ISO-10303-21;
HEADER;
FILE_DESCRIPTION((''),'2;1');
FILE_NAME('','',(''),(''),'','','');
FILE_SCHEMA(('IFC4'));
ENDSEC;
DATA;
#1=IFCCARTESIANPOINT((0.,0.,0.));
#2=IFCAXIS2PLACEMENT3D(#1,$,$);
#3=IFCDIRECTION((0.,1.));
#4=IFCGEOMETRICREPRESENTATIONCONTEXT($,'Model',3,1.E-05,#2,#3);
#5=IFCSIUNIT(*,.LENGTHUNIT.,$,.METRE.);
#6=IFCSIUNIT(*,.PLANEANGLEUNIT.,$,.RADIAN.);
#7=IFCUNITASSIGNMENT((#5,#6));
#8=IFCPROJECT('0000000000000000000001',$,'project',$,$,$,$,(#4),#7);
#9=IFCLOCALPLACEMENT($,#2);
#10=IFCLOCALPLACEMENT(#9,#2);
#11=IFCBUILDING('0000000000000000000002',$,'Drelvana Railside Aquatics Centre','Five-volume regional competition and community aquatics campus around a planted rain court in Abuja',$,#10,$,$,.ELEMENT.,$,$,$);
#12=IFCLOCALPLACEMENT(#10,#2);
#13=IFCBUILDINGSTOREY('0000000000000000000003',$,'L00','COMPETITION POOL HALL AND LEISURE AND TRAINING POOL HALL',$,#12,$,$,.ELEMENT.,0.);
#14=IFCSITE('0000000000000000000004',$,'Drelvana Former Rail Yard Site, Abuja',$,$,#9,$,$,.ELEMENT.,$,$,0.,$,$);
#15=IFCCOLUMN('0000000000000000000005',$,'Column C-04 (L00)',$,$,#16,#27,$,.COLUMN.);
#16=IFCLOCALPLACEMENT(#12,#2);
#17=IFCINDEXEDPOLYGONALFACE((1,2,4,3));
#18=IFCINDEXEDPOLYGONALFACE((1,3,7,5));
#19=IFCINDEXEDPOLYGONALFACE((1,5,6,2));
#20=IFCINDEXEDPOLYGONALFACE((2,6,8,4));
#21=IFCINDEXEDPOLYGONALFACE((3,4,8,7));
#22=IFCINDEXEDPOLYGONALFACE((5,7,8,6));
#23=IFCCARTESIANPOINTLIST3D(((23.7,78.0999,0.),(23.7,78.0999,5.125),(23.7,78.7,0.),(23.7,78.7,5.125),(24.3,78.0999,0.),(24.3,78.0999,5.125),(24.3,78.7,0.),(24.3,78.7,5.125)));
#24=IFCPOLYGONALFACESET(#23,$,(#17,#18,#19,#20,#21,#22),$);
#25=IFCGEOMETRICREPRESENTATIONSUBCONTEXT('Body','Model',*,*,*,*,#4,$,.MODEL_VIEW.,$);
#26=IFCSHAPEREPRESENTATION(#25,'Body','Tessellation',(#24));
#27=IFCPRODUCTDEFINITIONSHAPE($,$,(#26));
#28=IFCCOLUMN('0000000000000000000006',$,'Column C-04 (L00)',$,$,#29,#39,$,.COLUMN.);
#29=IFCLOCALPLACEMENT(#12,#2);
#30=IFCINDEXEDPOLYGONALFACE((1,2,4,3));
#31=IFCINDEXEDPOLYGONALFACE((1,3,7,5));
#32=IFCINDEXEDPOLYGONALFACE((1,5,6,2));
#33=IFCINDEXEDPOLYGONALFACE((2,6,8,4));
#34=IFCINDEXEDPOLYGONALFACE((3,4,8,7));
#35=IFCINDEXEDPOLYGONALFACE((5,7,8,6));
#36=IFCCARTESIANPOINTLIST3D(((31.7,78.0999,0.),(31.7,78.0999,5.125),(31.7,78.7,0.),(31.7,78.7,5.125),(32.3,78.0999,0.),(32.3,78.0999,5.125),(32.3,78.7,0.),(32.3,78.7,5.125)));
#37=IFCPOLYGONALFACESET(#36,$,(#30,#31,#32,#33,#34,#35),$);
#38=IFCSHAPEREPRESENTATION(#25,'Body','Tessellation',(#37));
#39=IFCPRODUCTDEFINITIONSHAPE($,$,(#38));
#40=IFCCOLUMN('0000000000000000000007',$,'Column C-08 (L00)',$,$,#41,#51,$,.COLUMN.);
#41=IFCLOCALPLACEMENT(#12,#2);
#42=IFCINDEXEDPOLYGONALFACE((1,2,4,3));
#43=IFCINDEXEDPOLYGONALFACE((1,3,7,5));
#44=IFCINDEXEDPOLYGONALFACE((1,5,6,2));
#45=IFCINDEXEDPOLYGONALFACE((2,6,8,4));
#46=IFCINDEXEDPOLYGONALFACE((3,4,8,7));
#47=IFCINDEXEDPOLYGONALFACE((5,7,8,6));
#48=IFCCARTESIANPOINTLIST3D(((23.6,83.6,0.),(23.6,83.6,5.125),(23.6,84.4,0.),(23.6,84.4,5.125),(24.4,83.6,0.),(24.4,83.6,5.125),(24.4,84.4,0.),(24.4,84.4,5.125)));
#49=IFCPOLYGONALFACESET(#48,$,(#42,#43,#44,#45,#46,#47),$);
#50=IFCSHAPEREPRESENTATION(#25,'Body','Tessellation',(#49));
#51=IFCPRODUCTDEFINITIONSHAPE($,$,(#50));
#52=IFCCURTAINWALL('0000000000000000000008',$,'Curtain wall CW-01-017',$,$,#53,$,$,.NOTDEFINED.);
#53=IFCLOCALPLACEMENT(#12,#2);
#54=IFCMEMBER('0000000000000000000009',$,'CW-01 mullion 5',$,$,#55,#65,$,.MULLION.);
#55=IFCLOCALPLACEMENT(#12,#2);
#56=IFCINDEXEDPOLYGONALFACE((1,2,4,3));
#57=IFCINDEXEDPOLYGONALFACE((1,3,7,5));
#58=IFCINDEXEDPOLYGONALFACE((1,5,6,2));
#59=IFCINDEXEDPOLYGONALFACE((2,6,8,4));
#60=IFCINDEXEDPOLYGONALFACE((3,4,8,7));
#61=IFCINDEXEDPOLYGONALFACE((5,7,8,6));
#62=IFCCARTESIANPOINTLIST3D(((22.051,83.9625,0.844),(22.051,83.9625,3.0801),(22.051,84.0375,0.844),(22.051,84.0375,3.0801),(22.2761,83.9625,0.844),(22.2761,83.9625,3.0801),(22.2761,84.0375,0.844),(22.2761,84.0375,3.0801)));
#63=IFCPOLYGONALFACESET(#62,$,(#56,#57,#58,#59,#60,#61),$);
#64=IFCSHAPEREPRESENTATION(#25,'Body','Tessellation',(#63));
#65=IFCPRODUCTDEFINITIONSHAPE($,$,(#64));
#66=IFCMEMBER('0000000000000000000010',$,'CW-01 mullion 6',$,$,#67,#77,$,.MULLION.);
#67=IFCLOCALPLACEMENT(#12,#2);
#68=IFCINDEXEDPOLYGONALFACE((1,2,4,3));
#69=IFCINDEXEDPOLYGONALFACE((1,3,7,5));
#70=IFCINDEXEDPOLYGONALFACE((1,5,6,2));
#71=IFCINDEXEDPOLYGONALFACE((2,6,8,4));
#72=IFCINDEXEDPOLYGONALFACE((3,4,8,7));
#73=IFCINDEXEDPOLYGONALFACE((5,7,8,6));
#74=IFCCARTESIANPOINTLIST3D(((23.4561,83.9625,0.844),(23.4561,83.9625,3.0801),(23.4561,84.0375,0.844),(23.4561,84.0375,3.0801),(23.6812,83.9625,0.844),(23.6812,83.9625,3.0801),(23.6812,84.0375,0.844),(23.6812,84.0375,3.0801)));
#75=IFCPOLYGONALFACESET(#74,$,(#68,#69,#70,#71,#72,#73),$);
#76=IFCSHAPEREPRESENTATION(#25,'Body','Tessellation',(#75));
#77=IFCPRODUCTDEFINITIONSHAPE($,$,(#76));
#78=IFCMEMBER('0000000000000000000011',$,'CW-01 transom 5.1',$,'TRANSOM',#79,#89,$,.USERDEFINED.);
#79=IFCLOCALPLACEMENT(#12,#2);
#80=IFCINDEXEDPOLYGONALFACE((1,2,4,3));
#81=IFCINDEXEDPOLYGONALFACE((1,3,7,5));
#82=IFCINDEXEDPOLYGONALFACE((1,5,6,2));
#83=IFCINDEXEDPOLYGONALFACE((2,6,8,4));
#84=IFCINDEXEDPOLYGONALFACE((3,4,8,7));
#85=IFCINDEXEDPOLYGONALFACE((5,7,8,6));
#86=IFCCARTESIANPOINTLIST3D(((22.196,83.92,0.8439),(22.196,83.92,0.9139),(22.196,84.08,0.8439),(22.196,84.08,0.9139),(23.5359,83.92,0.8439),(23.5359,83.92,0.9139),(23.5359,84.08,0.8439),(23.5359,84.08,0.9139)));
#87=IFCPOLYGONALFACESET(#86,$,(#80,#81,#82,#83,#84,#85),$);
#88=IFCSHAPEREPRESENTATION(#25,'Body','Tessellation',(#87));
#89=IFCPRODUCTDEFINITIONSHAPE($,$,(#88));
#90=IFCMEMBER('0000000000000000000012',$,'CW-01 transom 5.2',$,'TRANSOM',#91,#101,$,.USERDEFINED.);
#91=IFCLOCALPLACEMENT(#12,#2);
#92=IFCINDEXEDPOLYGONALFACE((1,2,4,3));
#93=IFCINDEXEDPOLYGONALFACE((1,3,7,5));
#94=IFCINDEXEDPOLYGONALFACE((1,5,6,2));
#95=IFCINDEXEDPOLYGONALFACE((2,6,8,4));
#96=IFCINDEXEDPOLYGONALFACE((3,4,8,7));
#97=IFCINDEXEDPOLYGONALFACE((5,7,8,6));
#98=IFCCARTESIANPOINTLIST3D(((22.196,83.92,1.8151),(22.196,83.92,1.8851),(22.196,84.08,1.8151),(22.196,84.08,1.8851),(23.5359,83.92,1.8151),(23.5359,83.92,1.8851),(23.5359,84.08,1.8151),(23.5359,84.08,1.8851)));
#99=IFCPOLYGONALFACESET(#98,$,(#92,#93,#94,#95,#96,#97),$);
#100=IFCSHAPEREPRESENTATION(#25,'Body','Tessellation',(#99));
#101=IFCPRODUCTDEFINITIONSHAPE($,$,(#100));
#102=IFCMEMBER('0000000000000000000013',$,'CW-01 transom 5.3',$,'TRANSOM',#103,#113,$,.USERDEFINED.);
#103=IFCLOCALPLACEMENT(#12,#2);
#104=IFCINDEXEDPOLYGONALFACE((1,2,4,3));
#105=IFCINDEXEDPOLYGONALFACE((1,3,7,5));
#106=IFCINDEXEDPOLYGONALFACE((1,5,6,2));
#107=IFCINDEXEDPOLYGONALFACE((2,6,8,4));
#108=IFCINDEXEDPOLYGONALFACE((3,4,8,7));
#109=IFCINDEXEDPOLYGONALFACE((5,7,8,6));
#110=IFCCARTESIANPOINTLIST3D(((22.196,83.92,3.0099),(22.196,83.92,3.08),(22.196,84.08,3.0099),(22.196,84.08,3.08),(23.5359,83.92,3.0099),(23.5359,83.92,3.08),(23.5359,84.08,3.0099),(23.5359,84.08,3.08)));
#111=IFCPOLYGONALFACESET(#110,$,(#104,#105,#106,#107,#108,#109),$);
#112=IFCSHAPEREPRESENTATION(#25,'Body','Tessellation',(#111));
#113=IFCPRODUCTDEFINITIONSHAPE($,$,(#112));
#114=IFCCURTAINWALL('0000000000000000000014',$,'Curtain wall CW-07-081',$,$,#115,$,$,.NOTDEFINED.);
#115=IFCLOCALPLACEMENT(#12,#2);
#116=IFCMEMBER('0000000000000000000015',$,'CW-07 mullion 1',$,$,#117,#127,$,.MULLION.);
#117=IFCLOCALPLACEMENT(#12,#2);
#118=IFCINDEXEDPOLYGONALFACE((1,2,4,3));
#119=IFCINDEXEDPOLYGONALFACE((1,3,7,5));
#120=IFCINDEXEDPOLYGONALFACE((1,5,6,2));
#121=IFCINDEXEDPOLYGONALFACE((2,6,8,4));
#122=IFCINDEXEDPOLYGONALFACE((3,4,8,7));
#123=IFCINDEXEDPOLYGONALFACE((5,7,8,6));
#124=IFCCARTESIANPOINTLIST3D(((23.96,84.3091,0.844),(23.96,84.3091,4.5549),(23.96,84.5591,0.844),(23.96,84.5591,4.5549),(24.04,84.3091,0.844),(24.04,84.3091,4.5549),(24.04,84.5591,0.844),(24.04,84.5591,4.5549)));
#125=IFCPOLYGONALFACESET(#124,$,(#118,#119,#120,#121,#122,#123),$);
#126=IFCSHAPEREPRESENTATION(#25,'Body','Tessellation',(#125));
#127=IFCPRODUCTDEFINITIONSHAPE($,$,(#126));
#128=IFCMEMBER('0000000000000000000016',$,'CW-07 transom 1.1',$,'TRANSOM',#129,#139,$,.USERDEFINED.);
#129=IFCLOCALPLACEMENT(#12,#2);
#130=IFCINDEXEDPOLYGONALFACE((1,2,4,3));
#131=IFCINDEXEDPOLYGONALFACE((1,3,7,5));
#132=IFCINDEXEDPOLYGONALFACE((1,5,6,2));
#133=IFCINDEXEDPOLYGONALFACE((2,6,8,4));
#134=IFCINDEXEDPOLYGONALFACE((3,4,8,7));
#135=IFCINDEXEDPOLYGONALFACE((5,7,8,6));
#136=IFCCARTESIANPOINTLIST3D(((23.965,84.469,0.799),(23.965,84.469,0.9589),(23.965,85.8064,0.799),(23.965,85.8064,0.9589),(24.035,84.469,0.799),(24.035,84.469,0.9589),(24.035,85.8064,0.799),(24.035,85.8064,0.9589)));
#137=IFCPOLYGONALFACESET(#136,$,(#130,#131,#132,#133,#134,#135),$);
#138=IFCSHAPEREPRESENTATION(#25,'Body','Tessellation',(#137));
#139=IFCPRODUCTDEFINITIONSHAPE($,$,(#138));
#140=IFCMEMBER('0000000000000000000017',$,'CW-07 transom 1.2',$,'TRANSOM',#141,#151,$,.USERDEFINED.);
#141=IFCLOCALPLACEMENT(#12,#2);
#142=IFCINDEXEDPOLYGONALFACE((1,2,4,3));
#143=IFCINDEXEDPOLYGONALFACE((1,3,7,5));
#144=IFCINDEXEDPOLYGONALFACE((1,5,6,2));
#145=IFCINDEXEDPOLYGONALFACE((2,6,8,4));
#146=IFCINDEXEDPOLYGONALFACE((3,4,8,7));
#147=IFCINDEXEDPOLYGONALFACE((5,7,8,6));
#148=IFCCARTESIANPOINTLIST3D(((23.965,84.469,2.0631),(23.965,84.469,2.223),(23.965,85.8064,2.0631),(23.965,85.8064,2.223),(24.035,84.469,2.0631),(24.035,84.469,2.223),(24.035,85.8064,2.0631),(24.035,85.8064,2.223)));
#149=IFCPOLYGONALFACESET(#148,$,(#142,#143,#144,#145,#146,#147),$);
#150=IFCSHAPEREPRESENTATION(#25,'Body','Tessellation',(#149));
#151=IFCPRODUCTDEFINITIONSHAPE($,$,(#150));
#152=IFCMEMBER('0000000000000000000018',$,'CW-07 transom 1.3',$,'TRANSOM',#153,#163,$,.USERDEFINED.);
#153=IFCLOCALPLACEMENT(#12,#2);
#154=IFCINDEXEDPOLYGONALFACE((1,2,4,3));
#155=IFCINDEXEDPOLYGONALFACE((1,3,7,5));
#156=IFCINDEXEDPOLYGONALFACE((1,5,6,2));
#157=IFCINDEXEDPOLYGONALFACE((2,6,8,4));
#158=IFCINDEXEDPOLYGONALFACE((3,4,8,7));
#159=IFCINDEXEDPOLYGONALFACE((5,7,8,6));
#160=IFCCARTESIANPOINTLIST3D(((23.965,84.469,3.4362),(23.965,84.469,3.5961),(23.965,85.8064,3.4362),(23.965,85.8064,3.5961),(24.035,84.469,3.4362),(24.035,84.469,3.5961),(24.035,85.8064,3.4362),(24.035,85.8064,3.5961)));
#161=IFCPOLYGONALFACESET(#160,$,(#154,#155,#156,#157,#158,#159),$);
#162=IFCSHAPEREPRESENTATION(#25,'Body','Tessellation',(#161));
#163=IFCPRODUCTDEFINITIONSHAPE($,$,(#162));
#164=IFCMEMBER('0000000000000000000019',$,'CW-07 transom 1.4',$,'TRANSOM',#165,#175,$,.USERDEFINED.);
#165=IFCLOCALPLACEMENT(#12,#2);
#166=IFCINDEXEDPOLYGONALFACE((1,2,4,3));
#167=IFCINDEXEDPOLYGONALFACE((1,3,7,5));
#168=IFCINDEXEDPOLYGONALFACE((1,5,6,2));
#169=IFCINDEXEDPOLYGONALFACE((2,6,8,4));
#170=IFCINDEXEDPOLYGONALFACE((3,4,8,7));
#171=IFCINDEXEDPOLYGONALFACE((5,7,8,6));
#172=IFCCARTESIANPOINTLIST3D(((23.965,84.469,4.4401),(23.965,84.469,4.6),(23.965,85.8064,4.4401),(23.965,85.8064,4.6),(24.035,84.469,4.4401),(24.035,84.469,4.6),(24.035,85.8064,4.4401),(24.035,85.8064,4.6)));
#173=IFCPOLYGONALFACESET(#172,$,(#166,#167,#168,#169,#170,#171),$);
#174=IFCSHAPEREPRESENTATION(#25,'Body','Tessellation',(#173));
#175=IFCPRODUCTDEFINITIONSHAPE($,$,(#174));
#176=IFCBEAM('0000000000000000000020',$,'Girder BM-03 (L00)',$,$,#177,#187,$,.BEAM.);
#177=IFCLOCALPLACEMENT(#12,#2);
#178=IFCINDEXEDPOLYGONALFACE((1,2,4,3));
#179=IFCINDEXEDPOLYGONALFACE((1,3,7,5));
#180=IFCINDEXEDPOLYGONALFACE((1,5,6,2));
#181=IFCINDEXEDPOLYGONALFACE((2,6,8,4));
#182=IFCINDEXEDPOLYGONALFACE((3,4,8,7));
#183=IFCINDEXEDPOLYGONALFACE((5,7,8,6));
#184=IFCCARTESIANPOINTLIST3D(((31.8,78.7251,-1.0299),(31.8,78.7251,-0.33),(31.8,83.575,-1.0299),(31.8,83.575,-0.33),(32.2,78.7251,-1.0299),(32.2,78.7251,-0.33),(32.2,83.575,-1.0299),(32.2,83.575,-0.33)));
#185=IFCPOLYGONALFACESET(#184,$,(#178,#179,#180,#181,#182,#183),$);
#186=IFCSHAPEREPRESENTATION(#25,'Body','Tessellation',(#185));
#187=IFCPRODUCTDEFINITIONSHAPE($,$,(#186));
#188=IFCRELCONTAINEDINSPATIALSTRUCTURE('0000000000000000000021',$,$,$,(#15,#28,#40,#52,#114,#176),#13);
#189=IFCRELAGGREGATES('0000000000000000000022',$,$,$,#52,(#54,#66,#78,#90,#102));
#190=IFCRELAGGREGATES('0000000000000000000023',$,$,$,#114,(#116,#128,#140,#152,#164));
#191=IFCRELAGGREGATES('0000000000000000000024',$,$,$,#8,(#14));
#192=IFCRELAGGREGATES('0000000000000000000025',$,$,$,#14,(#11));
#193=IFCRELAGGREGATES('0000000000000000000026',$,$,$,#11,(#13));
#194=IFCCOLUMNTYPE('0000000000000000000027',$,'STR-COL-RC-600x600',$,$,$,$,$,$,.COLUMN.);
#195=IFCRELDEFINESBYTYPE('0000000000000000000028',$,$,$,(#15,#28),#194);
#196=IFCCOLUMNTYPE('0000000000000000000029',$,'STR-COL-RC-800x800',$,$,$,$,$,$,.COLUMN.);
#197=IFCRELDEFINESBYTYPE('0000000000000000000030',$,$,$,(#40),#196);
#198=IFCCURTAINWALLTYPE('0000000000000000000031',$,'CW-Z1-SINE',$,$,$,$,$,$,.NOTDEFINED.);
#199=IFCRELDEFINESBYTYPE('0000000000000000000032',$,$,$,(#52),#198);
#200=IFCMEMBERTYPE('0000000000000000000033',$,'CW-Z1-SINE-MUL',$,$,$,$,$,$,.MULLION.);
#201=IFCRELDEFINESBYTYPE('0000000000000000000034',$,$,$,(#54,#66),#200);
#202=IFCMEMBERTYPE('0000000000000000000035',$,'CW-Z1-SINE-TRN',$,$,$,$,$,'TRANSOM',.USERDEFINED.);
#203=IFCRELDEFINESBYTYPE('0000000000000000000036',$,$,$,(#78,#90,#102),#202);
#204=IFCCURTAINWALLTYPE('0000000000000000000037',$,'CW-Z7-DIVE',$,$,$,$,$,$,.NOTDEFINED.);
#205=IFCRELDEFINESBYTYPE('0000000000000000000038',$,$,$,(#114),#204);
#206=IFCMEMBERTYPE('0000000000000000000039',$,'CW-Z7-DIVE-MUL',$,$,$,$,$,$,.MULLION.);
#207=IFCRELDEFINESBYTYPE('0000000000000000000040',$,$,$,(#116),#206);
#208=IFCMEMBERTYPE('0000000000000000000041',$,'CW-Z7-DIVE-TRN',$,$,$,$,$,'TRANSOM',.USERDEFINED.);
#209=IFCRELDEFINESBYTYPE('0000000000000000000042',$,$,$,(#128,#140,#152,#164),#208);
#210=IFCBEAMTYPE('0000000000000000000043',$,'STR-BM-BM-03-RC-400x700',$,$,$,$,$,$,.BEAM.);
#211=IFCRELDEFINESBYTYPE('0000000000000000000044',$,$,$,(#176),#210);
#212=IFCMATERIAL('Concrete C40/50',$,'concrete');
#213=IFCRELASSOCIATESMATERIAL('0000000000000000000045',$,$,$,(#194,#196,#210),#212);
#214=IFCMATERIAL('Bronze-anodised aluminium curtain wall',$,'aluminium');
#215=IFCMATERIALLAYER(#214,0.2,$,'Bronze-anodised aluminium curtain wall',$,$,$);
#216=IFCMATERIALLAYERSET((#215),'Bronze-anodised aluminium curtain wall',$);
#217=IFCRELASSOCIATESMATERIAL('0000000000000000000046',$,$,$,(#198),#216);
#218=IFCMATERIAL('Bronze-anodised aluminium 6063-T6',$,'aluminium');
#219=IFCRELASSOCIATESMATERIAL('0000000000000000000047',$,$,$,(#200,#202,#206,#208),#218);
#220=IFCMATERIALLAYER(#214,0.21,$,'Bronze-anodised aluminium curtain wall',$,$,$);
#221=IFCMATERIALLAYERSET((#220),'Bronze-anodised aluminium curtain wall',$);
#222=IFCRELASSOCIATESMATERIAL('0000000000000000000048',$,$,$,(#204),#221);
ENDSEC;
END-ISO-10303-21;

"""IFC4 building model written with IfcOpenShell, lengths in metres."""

from ifc_helpers import new_model, si_unit, direction, frame, origin, origin_2d, place, context, subcontext, project, spatial, rectangle, extrude, material, layer, layer_set, material_profile, profile_set, type_object, element, aggregate, save


model = new_model("IFC4")

# Units and contexts
model_context = context("Model", 3, precision=1e-05, world=origin(), true_north=direction((0.0, 1.0)))
body_context = subcontext(model_context, "Body", "Model", "MODEL_VIEW")
ifc_project = project(units=[si_unit("LENGTHUNIT", "METRE"), si_unit("PLANEANGLEUNIT", "RADIAN")], contexts=[model_context])

# Site, building, storey
site_placement = place(None, origin())
site = spatial("IfcSite", under=ifc_project, at=site_placement, Name="Drelvana Former Rail Yard Site, Abuja", CompositionType="ELEMENT", RefElevation=0.0)
building_placement = place(site_placement, origin())
building = spatial("IfcBuilding", under=site, at=building_placement, Name="Drelvana Railside Aquatics Centre", Description="Five-volume regional competition and community aquatics campus around a planted rain court in Abuja", CompositionType="ELEMENT")
storey_placement = place(building_placement, origin())
storey = spatial("IfcBuildingStorey", under=building, at=storey_placement, Name="L00", Description="COMPETITION POOL HALL AND LEISURE AND TRAINING POOL HALL", CompositionType="ELEMENT", Elevation=0.0)

# Columns
ifc_material_1 = material(Name="Concrete C40/50", Category="concrete")
ifc_material_profile_1 = material_profile(ifc_material_1, rectangle(XDim=0.6001, YDim=0.6001, at=origin_2d()), Name="RC 600x600")
ifc_profile_set_1 = profile_set([ifc_material_profile_1], Name="Concrete C40/50")
column_type_1 = type_object("IfcColumnType", Name="STR-COL-RC-600x600", PredefinedType="COLUMN", material=ifc_profile_set_1)
for number, where, z_axis, x_axis, name in (
    (1, (24.0, 78.3999, 0.0), (0.0, 0.0, 1.0), (1.0, 0.0, 0.0), "Column C-04 (L00)"),
    (2, (32.0, 78.3999, 0.0), (0.0, 0.0, 1.0), (1.0, 0.0, 0.0), "Column C-04 (L00)"),
):
    element("IfcColumn", number, at=place(storey_placement, frame(where, z_axis=z_axis, x_axis=x_axis)), inside=storey, type_object=column_type_1, Name=name, PredefinedType="COLUMN", context=body_context, shape_type="SweptSolid", body=[
        extrude(rectangle(XDim=0.6001, YDim=0.6001, at=origin_2d()), origin(), (0.0, 0.0, 1.0), 5.125),
    ])
ifc_material_profile_2 = material_profile(ifc_material_1, rectangle(XDim=0.8, YDim=0.8, at=origin_2d()), Name="RC 800x800")
ifc_profile_set_2 = profile_set([ifc_material_profile_2], Name="Concrete C40/50")
column_type_2 = type_object("IfcColumnType", Name="STR-COL-RC-800x800", PredefinedType="COLUMN", material=ifc_profile_set_2)
column_placement = place(storey_placement, frame((24.0, 84.0, 0.0), z_axis=(0.0, 0.0, 1.0), x_axis=(1.0, 0.0, 0.0)))
element("IfcColumn", 3, at=column_placement, inside=storey, type_object=column_type_2, Name="Column C-08 (L00)", PredefinedType="COLUMN", context=body_context, shape_type="SweptSolid", body=[
    extrude(rectangle(XDim=0.8, YDim=0.8, at=origin_2d()), origin(), (0.0, 0.0, 1.0), 5.125),
])

# Curtain walls, members
ifc_material_2 = material(Name="Bronze-anodised aluminium curtain wall", Category="aluminium")
ifc_layer_1 = layer(ifc_material_2, 0.2, Name="Bronze-anodised aluminium curtain wall")
ifc_layer_set_1 = layer_set([ifc_layer_1], Name="Bronze-anodised aluminium curtain wall")
curtain_wall_type_1 = type_object("IfcCurtainWallType", Name="CW-Z1-SINE", PredefinedType="NOTDEFINED", material=ifc_layer_set_1)
curtain_wall_1_placement = place(storey_placement, origin())
curtain_wall_1 = element("IfcCurtainWall", 4, at=curtain_wall_1_placement, inside=storey, type_object=curtain_wall_type_1, Name="Curtain wall CW-01-017", PredefinedType="NOTDEFINED")
ifc_material_3 = material(Name="Bronze-anodised aluminium 6063-T6", Category="aluminium")
ifc_material_profile_3 = material_profile(ifc_material_3, rectangle(XDim=0.075, YDim=0.2251, at=origin_2d()), Name="ALU-M 75x225")
ifc_profile_set_3 = profile_set([ifc_material_profile_3], Name="Bronze-anodised aluminium 6063-T6")
member_type_1 = type_object("IfcMemberType", Name="CW-Z1-SINE-MUL", PredefinedType="MULLION", material=ifc_profile_set_3)
member_1_placement = place(storey_placement, frame((22.1636, 84.0, 0.844), z_axis=(0.0, 0.0, 1.0), x_axis=(0.0, 1.0, 0.0)))
member_1 = element("IfcMember", 5, at=member_1_placement, type_object=member_type_1, Name="CW-01 mullion 5", PredefinedType="MULLION", context=body_context, shape_type="SweptSolid", body=[
    extrude(rectangle(XDim=0.075, YDim=0.2251, at=origin_2d()), origin(), (0.0, 0.0, 1.0), 2.2361),
])
member_2_placement = place(storey_placement, frame((23.5686, 84.0, 0.844), z_axis=(0.0, 0.0, 1.0), x_axis=(0.0, 1.0, 0.0)))
member_2 = element("IfcMember", 6, at=member_2_placement, type_object=member_type_1, Name="CW-01 mullion 6", PredefinedType="MULLION", context=body_context, shape_type="SweptSolid", body=[
    extrude(rectangle(XDim=0.075, YDim=0.2251, at=origin_2d()), origin(), (0.0, 0.0, 1.0), 2.2361),
])
ifc_material_profile_4 = material_profile(ifc_material_3, rectangle(XDim=0.1599, YDim=0.0701, at=origin_2d()), Name="ALU-T 70x160")
ifc_profile_set_4 = profile_set([ifc_material_profile_4], Name="Bronze-anodised aluminium 6063-T6")
member_type_2 = type_object("IfcMemberType", Name="CW-Z1-SINE-TRN", ElementType="TRANSOM", PredefinedType="USERDEFINED", material=ifc_profile_set_4)
member_3_placement = place(storey_placement, frame((22.196, 84.0, 0.8789), z_axis=(1.0, 0.0, 0.0), x_axis=(0.0, 1.0, 0.0)))
member_3 = element("IfcMember", 7, at=member_3_placement, type_object=member_type_2, Name="CW-01 transom 5.1", ObjectType="TRANSOM", PredefinedType="USERDEFINED", context=body_context, shape_type="SweptSolid", body=[
    extrude(rectangle(XDim=0.1599, YDim=0.0701, at=origin_2d()), origin(), (0.0, 0.0, 1.0), 1.3398),
])
member_4_placement = place(storey_placement, frame((22.196, 84.0, 1.8501), z_axis=(1.0, 0.0, 0.0), x_axis=(0.0, 1.0, 0.0)))
member_4 = element("IfcMember", 8, at=member_4_placement, type_object=member_type_2, Name="CW-01 transom 5.2", ObjectType="TRANSOM", PredefinedType="USERDEFINED", context=body_context, shape_type="SweptSolid", body=[
    extrude(rectangle(XDim=0.1599, YDim=0.0701, at=origin_2d()), origin(), (0.0, 0.0, 1.0), 1.3398),
])
member_5_placement = place(storey_placement, frame((22.196, 84.0, 3.0449), z_axis=(1.0, 0.0, 0.0), x_axis=(0.0, 1.0, 0.0)))
member_5 = element("IfcMember", 9, at=member_5_placement, type_object=member_type_2, Name="CW-01 transom 5.3", ObjectType="TRANSOM", PredefinedType="USERDEFINED", context=body_context, shape_type="SweptSolid", body=[
    extrude(rectangle(XDim=0.1599, YDim=0.0701, at=origin_2d()), origin(), (0.0, 0.0, 1.0), 1.3398),
])
ifc_layer_2 = layer(ifc_material_2, 0.21, Name="Bronze-anodised aluminium curtain wall")
ifc_layer_set_2 = layer_set([ifc_layer_2], Name="Bronze-anodised aluminium curtain wall")
curtain_wall_type_2 = type_object("IfcCurtainWallType", Name="CW-Z7-DIVE", PredefinedType="NOTDEFINED", material=ifc_layer_set_2)
curtain_wall_2_placement = place(storey_placement, origin())
curtain_wall_2 = element("IfcCurtainWall", 10, at=curtain_wall_2_placement, inside=storey, type_object=curtain_wall_type_2, Name="Curtain wall CW-07-081", PredefinedType="NOTDEFINED")
ifc_material_profile_5 = material_profile(ifc_material_3, rectangle(XDim=0.0801, YDim=0.25, at=origin_2d()), Name="ALU-M 80x250")
ifc_profile_set_5 = profile_set([ifc_material_profile_5], Name="Bronze-anodised aluminium 6063-T6")
member_type_3 = type_object("IfcMemberType", Name="CW-Z7-DIVE-MUL", PredefinedType="MULLION", material=ifc_profile_set_5)
member_6_placement = place(storey_placement, frame((24.0, 84.4341, 0.844), z_axis=(0.0, 0.0, 1.0), x_axis=(-1.0, 0.0, 0.0)))
member_6 = element("IfcMember", 11, at=member_6_placement, type_object=member_type_3, Name="CW-07 mullion 1", PredefinedType="MULLION", context=body_context, shape_type="SweptSolid", body=[
    extrude(rectangle(XDim=0.0801, YDim=0.25, at=origin_2d()), origin(), (0.0, 0.0, 1.0), 3.7109),
])
ifc_material_profile_6 = material_profile(ifc_material_3, rectangle(XDim=0.1599, YDim=0.0701, at=origin_2d()), Name="ALU-T 70x160")
ifc_profile_set_6 = profile_set([ifc_material_profile_6], Name="Bronze-anodised aluminium 6063-T6")
member_type_4 = type_object("IfcMemberType", Name="CW-Z7-DIVE-TRN", ElementType="TRANSOM", PredefinedType="USERDEFINED", material=ifc_profile_set_6)
member_7_placement = place(storey_placement, frame((24.0, 84.469, 0.8789), z_axis=(0.0, 1.0, 0.0), x_axis=(0.0, 0.0, 1.0)))
member_7 = element("IfcMember", 12, at=member_7_placement, type_object=member_type_4, Name="CW-07 transom 1.1", ObjectType="TRANSOM", PredefinedType="USERDEFINED", context=body_context, shape_type="SweptSolid", body=[
    extrude(rectangle(XDim=0.1599, YDim=0.0701, at=origin_2d()), origin(), (0.0, 0.0, 1.0), 1.3374),
])
member_8_placement = place(storey_placement, frame((24.0, 84.469, 2.1431), z_axis=(0.0, 1.0, 0.0), x_axis=(0.0, 0.0, 1.0)))
member_8 = element("IfcMember", 13, at=member_8_placement, type_object=member_type_4, Name="CW-07 transom 1.2", ObjectType="TRANSOM", PredefinedType="USERDEFINED", context=body_context, shape_type="SweptSolid", body=[
    extrude(rectangle(XDim=0.1599, YDim=0.0701, at=origin_2d()), origin(), (0.0, 0.0, 1.0), 1.3374),
])
member_9_placement = place(storey_placement, frame((24.0, 84.469, 3.5161), z_axis=(0.0, 1.0, 0.0), x_axis=(0.0, 0.0, 1.0)))
member_9 = element("IfcMember", 14, at=member_9_placement, type_object=member_type_4, Name="CW-07 transom 1.3", ObjectType="TRANSOM", PredefinedType="USERDEFINED", context=body_context, shape_type="SweptSolid", body=[
    extrude(rectangle(XDim=0.1599, YDim=0.0701, at=origin_2d()), origin(), (0.0, 0.0, 1.0), 1.3374),
])
member_10_placement = place(storey_placement, frame((24.0, 84.469, 4.52), z_axis=(0.0, 1.0, 0.0), x_axis=(0.0, 0.0, 1.0)))
member_10 = element("IfcMember", 15, at=member_10_placement, type_object=member_type_4, Name="CW-07 transom 1.4", ObjectType="TRANSOM", PredefinedType="USERDEFINED", context=body_context, shape_type="SweptSolid", body=[
    extrude(rectangle(XDim=0.1599, YDim=0.0701, at=origin_2d()), origin(), (0.0, 0.0, 1.0), 1.3374),
])

# Beam
ifc_material_profile_7 = material_profile(ifc_material_1, rectangle(XDim=0.3999, YDim=0.7, at=origin_2d()), Name="RC 400x700")
ifc_profile_set_7 = profile_set([ifc_material_profile_7], Name="Concrete C40/50")
beam_type_1 = type_object("IfcBeamType", Name="STR-BM-BM-03-RC-400x700", PredefinedType="BEAM", material=ifc_profile_set_7)
beam_1_placement = place(storey_placement, frame((32.0, 78.7251, -0.6799), z_axis=(0.0, 1.0, 0.0), x_axis=(-1.0, 0.0, 0.0)))
element("IfcBeam", 16, at=beam_1_placement, inside=storey, type_object=beam_type_1, Name="Girder BM-03 (L00)", PredefinedType="BEAM", context=body_context, shape_type="SweptSolid", body=[
    extrude(rectangle(XDim=0.3999, YDim=0.7, at=origin_2d()), origin(), (0.0, 0.0, 1.0), 4.8499),
])

aggregate(curtain_wall_1, [member_1, member_2, member_3, member_4, member_5])
aggregate(curtain_wall_2, [member_6, member_7, member_8, member_9, member_10])

save(model, "model.ifc")
